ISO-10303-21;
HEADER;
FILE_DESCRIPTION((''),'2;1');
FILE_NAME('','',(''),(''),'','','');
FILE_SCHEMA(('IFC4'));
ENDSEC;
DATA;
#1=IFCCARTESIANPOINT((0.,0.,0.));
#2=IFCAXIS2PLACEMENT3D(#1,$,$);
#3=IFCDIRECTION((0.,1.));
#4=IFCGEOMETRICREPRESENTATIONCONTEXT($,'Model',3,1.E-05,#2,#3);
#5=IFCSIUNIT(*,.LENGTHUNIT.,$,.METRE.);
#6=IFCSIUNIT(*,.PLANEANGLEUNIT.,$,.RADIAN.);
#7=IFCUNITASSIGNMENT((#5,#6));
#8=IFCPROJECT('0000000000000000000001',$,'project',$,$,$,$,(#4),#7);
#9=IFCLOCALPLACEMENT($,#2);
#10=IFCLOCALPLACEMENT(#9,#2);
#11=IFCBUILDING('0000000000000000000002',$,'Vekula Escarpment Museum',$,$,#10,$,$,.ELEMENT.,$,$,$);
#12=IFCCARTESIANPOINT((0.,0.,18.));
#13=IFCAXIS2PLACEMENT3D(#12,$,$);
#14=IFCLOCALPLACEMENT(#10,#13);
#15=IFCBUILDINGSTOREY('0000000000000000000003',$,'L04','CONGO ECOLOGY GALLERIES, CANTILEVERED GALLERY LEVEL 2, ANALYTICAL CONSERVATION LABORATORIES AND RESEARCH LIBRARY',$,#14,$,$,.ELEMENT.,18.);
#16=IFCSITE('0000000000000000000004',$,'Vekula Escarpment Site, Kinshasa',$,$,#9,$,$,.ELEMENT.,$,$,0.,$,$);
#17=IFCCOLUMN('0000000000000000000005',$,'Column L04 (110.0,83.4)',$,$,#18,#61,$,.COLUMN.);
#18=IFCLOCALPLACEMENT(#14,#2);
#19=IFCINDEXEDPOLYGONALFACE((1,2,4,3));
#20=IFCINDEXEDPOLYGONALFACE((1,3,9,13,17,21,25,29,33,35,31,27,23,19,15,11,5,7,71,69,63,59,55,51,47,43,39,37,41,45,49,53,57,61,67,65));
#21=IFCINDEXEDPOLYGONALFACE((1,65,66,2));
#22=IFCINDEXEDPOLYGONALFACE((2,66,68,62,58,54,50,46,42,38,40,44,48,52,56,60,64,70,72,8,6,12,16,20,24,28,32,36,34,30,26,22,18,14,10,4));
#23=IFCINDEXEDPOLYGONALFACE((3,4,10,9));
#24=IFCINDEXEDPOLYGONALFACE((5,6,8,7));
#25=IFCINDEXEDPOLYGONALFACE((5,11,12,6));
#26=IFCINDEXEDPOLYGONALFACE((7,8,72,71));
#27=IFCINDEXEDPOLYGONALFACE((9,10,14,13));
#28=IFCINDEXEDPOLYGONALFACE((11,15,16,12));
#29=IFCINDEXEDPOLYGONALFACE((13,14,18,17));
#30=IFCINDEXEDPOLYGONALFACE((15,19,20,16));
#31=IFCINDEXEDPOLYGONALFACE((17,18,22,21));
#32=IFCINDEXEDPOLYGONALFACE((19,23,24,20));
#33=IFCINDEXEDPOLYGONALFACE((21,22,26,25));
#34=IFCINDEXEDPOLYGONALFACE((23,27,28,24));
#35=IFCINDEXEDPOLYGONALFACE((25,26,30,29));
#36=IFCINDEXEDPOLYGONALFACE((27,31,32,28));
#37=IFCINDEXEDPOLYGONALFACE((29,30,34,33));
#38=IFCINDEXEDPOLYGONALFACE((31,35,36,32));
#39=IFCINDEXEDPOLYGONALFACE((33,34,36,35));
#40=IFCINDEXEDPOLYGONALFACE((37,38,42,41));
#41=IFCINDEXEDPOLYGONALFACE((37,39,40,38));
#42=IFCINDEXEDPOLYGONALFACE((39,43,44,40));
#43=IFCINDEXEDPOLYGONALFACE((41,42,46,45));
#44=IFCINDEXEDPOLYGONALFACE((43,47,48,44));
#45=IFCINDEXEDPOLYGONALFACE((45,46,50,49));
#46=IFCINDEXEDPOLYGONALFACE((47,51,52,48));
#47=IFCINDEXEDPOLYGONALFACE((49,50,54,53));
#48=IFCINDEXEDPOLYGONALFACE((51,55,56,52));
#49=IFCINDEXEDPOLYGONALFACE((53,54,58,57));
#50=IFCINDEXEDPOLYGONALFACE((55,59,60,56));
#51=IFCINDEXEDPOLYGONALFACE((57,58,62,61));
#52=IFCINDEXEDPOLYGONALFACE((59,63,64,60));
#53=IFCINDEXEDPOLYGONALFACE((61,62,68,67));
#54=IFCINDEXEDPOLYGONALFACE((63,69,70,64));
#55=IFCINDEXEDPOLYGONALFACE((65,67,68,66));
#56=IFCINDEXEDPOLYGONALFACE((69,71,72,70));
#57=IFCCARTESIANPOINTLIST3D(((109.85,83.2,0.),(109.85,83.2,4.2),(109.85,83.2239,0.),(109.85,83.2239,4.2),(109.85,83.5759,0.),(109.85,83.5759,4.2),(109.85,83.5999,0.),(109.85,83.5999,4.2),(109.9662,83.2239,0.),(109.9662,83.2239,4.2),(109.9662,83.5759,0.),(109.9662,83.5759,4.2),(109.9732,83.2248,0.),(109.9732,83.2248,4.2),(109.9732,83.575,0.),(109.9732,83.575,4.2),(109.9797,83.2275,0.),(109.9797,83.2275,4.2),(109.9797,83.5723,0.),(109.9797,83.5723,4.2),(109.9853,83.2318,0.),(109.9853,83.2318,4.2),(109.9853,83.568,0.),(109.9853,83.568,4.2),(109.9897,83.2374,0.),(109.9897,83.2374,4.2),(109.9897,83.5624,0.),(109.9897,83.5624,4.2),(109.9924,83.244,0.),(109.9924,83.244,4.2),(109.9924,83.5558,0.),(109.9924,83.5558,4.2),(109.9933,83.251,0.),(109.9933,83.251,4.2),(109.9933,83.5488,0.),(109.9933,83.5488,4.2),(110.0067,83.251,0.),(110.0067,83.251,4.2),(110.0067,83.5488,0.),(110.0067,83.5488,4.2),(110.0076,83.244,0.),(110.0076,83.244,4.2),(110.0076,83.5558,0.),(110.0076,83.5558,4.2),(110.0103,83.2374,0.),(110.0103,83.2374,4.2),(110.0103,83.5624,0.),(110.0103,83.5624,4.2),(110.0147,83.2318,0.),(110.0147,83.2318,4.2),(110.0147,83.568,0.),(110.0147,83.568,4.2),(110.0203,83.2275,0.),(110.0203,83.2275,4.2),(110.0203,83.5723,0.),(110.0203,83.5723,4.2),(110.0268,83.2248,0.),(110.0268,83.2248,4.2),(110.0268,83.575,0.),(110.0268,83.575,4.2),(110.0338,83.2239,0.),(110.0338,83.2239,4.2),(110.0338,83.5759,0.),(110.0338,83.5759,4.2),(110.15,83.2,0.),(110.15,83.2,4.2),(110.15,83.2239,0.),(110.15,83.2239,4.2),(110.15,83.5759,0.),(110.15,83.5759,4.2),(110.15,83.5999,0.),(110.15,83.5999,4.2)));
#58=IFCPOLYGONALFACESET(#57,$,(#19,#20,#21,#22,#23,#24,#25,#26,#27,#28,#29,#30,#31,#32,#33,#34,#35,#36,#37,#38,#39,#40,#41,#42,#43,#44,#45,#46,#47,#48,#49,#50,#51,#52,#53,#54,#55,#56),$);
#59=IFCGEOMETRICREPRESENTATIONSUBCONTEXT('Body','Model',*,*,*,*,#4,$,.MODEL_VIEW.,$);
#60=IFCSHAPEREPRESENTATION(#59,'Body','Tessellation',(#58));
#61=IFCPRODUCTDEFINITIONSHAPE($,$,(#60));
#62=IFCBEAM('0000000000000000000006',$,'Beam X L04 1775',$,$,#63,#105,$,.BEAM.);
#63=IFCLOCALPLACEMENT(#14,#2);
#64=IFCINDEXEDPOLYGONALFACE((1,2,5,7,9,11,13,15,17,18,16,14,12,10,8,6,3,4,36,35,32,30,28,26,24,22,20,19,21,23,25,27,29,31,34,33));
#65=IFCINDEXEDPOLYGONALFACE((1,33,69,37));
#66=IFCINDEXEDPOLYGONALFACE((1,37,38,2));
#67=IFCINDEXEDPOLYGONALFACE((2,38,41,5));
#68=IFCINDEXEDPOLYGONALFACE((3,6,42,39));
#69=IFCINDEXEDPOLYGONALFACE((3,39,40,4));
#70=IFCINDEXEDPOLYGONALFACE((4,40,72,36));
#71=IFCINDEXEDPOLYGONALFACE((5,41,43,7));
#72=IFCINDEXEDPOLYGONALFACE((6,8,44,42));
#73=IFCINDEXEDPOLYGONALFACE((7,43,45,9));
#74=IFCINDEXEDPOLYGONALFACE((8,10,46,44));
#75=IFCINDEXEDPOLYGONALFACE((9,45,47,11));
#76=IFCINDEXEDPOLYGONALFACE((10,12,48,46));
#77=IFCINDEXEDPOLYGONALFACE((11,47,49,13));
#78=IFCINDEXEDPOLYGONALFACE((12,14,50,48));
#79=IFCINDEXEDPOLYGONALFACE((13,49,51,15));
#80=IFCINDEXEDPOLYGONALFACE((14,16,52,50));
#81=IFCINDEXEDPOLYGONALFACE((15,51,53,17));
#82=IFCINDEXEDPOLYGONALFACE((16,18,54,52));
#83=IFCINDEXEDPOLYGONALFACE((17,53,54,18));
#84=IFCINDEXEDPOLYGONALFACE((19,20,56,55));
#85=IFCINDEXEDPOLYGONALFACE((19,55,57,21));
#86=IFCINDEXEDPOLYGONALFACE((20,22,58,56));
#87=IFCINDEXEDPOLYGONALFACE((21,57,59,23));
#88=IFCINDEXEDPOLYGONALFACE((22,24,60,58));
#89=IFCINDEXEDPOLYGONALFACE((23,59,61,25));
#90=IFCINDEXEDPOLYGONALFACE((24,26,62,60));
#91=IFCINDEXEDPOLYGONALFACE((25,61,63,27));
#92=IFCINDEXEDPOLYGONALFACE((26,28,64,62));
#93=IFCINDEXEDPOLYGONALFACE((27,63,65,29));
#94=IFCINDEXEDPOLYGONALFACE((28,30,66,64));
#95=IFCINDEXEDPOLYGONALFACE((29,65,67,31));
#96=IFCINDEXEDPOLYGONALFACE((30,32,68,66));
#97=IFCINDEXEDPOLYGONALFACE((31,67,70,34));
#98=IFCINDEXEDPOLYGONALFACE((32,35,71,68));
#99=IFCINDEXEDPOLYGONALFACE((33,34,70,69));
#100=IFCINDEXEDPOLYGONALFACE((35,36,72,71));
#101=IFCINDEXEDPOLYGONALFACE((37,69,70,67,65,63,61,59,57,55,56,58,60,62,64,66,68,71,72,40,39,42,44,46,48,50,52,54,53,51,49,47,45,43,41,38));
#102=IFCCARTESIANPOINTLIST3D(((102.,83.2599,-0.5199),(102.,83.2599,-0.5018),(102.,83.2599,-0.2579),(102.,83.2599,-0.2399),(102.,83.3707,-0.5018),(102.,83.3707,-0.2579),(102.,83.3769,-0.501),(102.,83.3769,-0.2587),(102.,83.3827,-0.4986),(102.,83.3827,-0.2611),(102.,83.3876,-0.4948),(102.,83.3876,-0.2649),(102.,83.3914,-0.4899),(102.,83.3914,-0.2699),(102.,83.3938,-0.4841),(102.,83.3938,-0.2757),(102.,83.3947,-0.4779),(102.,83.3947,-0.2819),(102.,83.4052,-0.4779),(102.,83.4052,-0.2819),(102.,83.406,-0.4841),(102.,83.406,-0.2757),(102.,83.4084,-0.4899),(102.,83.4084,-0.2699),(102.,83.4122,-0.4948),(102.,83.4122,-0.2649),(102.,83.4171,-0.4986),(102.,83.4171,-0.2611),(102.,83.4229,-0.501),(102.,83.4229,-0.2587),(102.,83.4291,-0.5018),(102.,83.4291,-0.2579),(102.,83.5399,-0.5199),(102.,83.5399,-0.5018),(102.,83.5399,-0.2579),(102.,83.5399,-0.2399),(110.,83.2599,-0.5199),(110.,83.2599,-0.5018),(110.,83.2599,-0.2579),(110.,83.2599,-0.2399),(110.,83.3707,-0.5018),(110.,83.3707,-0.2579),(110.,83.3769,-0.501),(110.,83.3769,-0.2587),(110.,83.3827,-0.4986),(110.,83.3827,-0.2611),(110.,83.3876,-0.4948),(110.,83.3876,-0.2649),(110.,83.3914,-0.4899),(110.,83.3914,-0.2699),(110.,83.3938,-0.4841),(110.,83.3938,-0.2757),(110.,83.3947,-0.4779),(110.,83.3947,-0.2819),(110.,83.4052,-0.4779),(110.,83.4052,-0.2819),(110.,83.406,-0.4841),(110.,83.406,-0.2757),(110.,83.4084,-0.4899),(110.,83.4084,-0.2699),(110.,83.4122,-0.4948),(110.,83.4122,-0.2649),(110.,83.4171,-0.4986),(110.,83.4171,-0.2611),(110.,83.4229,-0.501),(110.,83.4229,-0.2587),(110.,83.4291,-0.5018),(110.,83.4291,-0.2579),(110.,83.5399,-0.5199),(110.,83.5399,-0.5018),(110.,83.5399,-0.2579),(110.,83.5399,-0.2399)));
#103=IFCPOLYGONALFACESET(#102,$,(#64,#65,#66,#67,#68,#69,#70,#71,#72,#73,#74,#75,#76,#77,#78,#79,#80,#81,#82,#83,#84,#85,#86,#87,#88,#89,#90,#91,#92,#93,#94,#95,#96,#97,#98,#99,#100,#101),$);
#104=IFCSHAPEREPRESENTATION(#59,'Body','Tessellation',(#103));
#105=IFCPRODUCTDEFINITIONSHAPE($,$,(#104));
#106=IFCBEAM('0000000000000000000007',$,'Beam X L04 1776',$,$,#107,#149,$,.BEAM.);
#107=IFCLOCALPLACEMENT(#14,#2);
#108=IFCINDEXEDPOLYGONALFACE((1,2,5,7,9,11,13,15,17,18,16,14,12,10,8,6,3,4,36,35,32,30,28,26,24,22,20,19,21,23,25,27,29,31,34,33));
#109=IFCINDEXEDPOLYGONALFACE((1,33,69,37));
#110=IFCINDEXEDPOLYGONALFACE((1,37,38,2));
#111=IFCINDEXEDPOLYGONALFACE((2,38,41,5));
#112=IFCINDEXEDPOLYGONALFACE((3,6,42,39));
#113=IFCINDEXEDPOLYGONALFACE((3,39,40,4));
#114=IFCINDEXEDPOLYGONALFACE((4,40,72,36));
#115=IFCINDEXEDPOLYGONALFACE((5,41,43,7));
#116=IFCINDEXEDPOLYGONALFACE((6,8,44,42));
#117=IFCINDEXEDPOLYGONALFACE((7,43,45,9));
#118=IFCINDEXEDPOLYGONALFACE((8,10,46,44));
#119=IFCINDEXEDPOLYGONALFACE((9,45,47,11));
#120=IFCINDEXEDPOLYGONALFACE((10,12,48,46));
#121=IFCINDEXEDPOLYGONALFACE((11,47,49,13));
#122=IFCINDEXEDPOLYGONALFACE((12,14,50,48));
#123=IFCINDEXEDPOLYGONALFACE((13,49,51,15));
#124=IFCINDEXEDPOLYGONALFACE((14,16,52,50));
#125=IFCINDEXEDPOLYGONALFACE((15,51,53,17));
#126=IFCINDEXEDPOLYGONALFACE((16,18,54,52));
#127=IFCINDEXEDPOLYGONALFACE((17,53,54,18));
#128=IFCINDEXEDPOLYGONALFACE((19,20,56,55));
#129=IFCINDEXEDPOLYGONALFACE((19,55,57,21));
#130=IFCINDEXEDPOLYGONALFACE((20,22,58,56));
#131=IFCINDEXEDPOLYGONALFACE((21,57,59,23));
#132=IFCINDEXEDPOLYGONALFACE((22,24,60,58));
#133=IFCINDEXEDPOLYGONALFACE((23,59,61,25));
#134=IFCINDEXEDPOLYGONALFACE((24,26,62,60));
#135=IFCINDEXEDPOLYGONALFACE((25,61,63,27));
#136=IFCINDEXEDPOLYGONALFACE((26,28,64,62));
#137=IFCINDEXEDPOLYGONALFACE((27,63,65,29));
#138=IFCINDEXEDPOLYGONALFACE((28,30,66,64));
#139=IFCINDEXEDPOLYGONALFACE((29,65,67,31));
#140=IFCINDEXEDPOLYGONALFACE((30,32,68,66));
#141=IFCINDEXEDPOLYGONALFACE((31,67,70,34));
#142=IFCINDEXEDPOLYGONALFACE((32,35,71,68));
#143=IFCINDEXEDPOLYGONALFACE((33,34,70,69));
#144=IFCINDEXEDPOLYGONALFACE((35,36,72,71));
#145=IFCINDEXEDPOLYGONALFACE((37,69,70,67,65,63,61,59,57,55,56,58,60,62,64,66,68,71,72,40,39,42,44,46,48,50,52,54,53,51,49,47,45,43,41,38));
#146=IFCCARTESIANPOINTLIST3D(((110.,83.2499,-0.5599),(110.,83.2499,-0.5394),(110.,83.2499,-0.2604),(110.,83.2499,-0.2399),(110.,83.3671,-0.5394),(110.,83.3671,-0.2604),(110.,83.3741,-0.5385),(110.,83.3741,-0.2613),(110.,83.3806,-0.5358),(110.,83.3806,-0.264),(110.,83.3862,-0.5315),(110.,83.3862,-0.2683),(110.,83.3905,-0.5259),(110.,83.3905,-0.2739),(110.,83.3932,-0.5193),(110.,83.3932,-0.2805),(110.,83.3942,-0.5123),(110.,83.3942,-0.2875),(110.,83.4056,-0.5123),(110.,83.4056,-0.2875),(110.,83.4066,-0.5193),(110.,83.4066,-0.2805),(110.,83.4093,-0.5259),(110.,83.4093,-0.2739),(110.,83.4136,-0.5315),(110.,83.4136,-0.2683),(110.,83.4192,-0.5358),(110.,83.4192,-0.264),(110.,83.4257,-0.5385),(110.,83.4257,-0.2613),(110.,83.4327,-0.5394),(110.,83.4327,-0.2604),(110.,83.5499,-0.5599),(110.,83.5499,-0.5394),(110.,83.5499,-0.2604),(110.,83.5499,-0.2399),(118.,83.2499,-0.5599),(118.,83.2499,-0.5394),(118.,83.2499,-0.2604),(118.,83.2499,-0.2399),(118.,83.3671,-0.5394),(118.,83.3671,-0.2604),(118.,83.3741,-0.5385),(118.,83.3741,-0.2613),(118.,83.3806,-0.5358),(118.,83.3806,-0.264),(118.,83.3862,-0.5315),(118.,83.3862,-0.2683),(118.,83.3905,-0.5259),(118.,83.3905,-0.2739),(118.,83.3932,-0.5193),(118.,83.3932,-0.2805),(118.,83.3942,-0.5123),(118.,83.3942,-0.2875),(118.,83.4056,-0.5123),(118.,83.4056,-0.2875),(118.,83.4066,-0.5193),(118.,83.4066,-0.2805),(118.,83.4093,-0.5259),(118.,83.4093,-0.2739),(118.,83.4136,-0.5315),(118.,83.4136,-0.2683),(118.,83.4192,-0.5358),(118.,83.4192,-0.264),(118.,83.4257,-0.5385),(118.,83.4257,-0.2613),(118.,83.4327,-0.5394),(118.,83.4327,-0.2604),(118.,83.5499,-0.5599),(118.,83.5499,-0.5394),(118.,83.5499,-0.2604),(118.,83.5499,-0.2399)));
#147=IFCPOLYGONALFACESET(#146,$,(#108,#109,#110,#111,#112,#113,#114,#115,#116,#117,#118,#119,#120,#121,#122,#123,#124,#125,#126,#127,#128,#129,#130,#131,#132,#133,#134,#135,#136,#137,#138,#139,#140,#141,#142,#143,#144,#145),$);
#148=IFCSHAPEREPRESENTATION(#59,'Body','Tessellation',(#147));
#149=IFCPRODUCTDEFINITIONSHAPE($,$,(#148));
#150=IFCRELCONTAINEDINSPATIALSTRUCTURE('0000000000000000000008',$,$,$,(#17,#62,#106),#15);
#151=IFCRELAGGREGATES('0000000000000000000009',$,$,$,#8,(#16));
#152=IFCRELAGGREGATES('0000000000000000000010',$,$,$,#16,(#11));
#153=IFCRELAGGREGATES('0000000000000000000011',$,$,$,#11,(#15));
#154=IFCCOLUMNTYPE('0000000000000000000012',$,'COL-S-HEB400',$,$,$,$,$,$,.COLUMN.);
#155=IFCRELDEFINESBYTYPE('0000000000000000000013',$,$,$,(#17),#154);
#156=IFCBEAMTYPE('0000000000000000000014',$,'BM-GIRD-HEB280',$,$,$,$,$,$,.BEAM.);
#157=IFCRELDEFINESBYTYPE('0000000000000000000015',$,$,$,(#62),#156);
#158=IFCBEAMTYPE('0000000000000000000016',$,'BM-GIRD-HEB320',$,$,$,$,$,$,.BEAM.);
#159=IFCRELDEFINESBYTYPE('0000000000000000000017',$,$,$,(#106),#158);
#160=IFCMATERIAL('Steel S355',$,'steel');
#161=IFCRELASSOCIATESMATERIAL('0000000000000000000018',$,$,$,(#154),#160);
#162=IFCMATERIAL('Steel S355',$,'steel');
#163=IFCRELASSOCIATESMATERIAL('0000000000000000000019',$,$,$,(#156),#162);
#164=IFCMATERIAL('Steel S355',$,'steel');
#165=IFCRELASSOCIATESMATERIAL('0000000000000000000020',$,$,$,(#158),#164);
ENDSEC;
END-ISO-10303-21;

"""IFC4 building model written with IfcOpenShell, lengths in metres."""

from ifc_helpers import new_model, si_unit, direction, frame, origin, origin_2d, place, context, subcontext, project, spatial, i_section, extrude, material, material_profile, profile_set, type_object, element, save


model = new_model("IFC4")

# Units and contexts
model_context = context("Model", 3, precision=1e-05, world=origin(), true_north=direction((0.0, 1.0)))
body_context = subcontext(model_context, "Body", "Model", "MODEL_VIEW")
ifc_project = project(units=[si_unit("LENGTHUNIT", "METRE"), si_unit("PLANEANGLEUNIT", "RADIAN")], contexts=[model_context])

# Site, building, storey
site_placement = place(None, origin())
site = spatial("IfcSite", under=ifc_project, at=site_placement, Name="Vekula Escarpment Site, Kinshasa", CompositionType="ELEMENT", RefElevation=0.0)
building_placement = place(site_placement, origin())
building = spatial("IfcBuilding", under=site, at=building_placement, Name="Vekula Escarpment Museum", CompositionType="ELEMENT")
storey_placement = place(building_placement, frame((0.0, 0.0, 18.0)))
storey = spatial("IfcBuildingStorey", under=building, at=storey_placement, Name="L04", Description="CONGO ECOLOGY GALLERIES, CANTILEVERED GALLERY LEVEL 2, ANALYTICAL CONSERVATION LABORATORIES AND RESEARCH LIBRARY", CompositionType="ELEMENT", Elevation=18.0)

# Column
ifc_material_1 = material(Name="Steel S355", Category="steel")
ifc_material_profile_1 = material_profile(ifc_material_1, i_section(OverallWidth=0.3, OverallDepth=0.3999, WebThickness=0.0134, FlangeThickness=0.0239, FilletRadius=0.0271, at=origin_2d()), Name="HEB 400")
ifc_profile_set_1 = profile_set([ifc_material_profile_1], Name="Steel S355")
column_type = type_object("IfcColumnType", Name="COL-S-HEB400", PredefinedType="COLUMN", material=ifc_profile_set_1)
for number, where, z_axis, x_axis, name in (
    (1, (110.0, 83.3999, 0.0), (0.0, 0.0, 1.0), (1.0, 0.0, 0.0), "Column L04 (110.0,83.4)"),
):
    element("IfcColumn", number, at=place(storey_placement, frame(where, z_axis=z_axis, x_axis=x_axis)), inside=storey, type_object=column_type, Name=name, PredefinedType="COLUMN", context=body_context, shape_type="SweptSolid", body=[
        extrude(i_section(OverallWidth=0.3, OverallDepth=0.3999, WebThickness=0.0134, FlangeThickness=0.0239, FilletRadius=0.0271, at=origin_2d()), origin(), (0.0, 0.0, 1.0), 4.2),
    ])

# Beams
ifc_material_2 = material(Name="Steel S355", Category="steel")
ifc_material_profile_2 = material_profile(ifc_material_2, i_section(OverallWidth=0.28, OverallDepth=0.28, WebThickness=0.0105, FlangeThickness=0.0181, FilletRadius=0.0239, at=origin_2d()), Name="HEB 280")
ifc_profile_set_2 = profile_set([ifc_material_profile_2], Name="Steel S355")
beam_type_1 = type_object("IfcBeamType", Name="BM-GIRD-HEB280", PredefinedType="BEAM", material=ifc_profile_set_2)
beam_1_placement = place(storey_placement, frame((102.0, 83.3999, -0.3799), z_axis=(1.0, 0.0, 0.0), x_axis=(0.0, 1.0, 0.0)))
element("IfcBeam", 2, at=beam_1_placement, inside=storey, type_object=beam_type_1, Name="Beam X L04 1775", PredefinedType="BEAM", context=body_context, shape_type="SweptSolid", body=[
    extrude(i_section(OverallWidth=0.28, OverallDepth=0.28, WebThickness=0.0105, FlangeThickness=0.0181, FilletRadius=0.0239, at=origin_2d()), origin(), (0.0, 0.0, 1.0), 8.0),
])
ifc_material_3 = material(Name="Steel S355", Category="steel")
ifc_material_profile_3 = material_profile(ifc_material_3, i_section(OverallWidth=0.3, OverallDepth=0.3201, WebThickness=0.0115, FlangeThickness=0.0205, FilletRadius=0.0271, at=origin_2d()), Name="HEB 320")
ifc_profile_set_3 = profile_set([ifc_material_profile_3], Name="Steel S355")
beam_type_2 = type_object("IfcBeamType", Name="BM-GIRD-HEB320", PredefinedType="BEAM", material=ifc_profile_set_3)
beam_2_placement = place(storey_placement, frame((110.0, 83.3999, -0.3999), z_axis=(1.0, 0.0, 0.0), x_axis=(0.0, 1.0, 0.0)))
element("IfcBeam", 3, at=beam_2_placement, inside=storey, type_object=beam_type_2, Name="Beam X L04 1776", PredefinedType="BEAM", context=body_context, shape_type="SweptSolid", body=[
    extrude(i_section(OverallWidth=0.3, OverallDepth=0.3201, WebThickness=0.0115, FlangeThickness=0.0205, FilletRadius=0.0271, at=origin_2d()), origin(), (0.0, 0.0, 1.0), 8.0),
])

save(model, "model.ifc")
